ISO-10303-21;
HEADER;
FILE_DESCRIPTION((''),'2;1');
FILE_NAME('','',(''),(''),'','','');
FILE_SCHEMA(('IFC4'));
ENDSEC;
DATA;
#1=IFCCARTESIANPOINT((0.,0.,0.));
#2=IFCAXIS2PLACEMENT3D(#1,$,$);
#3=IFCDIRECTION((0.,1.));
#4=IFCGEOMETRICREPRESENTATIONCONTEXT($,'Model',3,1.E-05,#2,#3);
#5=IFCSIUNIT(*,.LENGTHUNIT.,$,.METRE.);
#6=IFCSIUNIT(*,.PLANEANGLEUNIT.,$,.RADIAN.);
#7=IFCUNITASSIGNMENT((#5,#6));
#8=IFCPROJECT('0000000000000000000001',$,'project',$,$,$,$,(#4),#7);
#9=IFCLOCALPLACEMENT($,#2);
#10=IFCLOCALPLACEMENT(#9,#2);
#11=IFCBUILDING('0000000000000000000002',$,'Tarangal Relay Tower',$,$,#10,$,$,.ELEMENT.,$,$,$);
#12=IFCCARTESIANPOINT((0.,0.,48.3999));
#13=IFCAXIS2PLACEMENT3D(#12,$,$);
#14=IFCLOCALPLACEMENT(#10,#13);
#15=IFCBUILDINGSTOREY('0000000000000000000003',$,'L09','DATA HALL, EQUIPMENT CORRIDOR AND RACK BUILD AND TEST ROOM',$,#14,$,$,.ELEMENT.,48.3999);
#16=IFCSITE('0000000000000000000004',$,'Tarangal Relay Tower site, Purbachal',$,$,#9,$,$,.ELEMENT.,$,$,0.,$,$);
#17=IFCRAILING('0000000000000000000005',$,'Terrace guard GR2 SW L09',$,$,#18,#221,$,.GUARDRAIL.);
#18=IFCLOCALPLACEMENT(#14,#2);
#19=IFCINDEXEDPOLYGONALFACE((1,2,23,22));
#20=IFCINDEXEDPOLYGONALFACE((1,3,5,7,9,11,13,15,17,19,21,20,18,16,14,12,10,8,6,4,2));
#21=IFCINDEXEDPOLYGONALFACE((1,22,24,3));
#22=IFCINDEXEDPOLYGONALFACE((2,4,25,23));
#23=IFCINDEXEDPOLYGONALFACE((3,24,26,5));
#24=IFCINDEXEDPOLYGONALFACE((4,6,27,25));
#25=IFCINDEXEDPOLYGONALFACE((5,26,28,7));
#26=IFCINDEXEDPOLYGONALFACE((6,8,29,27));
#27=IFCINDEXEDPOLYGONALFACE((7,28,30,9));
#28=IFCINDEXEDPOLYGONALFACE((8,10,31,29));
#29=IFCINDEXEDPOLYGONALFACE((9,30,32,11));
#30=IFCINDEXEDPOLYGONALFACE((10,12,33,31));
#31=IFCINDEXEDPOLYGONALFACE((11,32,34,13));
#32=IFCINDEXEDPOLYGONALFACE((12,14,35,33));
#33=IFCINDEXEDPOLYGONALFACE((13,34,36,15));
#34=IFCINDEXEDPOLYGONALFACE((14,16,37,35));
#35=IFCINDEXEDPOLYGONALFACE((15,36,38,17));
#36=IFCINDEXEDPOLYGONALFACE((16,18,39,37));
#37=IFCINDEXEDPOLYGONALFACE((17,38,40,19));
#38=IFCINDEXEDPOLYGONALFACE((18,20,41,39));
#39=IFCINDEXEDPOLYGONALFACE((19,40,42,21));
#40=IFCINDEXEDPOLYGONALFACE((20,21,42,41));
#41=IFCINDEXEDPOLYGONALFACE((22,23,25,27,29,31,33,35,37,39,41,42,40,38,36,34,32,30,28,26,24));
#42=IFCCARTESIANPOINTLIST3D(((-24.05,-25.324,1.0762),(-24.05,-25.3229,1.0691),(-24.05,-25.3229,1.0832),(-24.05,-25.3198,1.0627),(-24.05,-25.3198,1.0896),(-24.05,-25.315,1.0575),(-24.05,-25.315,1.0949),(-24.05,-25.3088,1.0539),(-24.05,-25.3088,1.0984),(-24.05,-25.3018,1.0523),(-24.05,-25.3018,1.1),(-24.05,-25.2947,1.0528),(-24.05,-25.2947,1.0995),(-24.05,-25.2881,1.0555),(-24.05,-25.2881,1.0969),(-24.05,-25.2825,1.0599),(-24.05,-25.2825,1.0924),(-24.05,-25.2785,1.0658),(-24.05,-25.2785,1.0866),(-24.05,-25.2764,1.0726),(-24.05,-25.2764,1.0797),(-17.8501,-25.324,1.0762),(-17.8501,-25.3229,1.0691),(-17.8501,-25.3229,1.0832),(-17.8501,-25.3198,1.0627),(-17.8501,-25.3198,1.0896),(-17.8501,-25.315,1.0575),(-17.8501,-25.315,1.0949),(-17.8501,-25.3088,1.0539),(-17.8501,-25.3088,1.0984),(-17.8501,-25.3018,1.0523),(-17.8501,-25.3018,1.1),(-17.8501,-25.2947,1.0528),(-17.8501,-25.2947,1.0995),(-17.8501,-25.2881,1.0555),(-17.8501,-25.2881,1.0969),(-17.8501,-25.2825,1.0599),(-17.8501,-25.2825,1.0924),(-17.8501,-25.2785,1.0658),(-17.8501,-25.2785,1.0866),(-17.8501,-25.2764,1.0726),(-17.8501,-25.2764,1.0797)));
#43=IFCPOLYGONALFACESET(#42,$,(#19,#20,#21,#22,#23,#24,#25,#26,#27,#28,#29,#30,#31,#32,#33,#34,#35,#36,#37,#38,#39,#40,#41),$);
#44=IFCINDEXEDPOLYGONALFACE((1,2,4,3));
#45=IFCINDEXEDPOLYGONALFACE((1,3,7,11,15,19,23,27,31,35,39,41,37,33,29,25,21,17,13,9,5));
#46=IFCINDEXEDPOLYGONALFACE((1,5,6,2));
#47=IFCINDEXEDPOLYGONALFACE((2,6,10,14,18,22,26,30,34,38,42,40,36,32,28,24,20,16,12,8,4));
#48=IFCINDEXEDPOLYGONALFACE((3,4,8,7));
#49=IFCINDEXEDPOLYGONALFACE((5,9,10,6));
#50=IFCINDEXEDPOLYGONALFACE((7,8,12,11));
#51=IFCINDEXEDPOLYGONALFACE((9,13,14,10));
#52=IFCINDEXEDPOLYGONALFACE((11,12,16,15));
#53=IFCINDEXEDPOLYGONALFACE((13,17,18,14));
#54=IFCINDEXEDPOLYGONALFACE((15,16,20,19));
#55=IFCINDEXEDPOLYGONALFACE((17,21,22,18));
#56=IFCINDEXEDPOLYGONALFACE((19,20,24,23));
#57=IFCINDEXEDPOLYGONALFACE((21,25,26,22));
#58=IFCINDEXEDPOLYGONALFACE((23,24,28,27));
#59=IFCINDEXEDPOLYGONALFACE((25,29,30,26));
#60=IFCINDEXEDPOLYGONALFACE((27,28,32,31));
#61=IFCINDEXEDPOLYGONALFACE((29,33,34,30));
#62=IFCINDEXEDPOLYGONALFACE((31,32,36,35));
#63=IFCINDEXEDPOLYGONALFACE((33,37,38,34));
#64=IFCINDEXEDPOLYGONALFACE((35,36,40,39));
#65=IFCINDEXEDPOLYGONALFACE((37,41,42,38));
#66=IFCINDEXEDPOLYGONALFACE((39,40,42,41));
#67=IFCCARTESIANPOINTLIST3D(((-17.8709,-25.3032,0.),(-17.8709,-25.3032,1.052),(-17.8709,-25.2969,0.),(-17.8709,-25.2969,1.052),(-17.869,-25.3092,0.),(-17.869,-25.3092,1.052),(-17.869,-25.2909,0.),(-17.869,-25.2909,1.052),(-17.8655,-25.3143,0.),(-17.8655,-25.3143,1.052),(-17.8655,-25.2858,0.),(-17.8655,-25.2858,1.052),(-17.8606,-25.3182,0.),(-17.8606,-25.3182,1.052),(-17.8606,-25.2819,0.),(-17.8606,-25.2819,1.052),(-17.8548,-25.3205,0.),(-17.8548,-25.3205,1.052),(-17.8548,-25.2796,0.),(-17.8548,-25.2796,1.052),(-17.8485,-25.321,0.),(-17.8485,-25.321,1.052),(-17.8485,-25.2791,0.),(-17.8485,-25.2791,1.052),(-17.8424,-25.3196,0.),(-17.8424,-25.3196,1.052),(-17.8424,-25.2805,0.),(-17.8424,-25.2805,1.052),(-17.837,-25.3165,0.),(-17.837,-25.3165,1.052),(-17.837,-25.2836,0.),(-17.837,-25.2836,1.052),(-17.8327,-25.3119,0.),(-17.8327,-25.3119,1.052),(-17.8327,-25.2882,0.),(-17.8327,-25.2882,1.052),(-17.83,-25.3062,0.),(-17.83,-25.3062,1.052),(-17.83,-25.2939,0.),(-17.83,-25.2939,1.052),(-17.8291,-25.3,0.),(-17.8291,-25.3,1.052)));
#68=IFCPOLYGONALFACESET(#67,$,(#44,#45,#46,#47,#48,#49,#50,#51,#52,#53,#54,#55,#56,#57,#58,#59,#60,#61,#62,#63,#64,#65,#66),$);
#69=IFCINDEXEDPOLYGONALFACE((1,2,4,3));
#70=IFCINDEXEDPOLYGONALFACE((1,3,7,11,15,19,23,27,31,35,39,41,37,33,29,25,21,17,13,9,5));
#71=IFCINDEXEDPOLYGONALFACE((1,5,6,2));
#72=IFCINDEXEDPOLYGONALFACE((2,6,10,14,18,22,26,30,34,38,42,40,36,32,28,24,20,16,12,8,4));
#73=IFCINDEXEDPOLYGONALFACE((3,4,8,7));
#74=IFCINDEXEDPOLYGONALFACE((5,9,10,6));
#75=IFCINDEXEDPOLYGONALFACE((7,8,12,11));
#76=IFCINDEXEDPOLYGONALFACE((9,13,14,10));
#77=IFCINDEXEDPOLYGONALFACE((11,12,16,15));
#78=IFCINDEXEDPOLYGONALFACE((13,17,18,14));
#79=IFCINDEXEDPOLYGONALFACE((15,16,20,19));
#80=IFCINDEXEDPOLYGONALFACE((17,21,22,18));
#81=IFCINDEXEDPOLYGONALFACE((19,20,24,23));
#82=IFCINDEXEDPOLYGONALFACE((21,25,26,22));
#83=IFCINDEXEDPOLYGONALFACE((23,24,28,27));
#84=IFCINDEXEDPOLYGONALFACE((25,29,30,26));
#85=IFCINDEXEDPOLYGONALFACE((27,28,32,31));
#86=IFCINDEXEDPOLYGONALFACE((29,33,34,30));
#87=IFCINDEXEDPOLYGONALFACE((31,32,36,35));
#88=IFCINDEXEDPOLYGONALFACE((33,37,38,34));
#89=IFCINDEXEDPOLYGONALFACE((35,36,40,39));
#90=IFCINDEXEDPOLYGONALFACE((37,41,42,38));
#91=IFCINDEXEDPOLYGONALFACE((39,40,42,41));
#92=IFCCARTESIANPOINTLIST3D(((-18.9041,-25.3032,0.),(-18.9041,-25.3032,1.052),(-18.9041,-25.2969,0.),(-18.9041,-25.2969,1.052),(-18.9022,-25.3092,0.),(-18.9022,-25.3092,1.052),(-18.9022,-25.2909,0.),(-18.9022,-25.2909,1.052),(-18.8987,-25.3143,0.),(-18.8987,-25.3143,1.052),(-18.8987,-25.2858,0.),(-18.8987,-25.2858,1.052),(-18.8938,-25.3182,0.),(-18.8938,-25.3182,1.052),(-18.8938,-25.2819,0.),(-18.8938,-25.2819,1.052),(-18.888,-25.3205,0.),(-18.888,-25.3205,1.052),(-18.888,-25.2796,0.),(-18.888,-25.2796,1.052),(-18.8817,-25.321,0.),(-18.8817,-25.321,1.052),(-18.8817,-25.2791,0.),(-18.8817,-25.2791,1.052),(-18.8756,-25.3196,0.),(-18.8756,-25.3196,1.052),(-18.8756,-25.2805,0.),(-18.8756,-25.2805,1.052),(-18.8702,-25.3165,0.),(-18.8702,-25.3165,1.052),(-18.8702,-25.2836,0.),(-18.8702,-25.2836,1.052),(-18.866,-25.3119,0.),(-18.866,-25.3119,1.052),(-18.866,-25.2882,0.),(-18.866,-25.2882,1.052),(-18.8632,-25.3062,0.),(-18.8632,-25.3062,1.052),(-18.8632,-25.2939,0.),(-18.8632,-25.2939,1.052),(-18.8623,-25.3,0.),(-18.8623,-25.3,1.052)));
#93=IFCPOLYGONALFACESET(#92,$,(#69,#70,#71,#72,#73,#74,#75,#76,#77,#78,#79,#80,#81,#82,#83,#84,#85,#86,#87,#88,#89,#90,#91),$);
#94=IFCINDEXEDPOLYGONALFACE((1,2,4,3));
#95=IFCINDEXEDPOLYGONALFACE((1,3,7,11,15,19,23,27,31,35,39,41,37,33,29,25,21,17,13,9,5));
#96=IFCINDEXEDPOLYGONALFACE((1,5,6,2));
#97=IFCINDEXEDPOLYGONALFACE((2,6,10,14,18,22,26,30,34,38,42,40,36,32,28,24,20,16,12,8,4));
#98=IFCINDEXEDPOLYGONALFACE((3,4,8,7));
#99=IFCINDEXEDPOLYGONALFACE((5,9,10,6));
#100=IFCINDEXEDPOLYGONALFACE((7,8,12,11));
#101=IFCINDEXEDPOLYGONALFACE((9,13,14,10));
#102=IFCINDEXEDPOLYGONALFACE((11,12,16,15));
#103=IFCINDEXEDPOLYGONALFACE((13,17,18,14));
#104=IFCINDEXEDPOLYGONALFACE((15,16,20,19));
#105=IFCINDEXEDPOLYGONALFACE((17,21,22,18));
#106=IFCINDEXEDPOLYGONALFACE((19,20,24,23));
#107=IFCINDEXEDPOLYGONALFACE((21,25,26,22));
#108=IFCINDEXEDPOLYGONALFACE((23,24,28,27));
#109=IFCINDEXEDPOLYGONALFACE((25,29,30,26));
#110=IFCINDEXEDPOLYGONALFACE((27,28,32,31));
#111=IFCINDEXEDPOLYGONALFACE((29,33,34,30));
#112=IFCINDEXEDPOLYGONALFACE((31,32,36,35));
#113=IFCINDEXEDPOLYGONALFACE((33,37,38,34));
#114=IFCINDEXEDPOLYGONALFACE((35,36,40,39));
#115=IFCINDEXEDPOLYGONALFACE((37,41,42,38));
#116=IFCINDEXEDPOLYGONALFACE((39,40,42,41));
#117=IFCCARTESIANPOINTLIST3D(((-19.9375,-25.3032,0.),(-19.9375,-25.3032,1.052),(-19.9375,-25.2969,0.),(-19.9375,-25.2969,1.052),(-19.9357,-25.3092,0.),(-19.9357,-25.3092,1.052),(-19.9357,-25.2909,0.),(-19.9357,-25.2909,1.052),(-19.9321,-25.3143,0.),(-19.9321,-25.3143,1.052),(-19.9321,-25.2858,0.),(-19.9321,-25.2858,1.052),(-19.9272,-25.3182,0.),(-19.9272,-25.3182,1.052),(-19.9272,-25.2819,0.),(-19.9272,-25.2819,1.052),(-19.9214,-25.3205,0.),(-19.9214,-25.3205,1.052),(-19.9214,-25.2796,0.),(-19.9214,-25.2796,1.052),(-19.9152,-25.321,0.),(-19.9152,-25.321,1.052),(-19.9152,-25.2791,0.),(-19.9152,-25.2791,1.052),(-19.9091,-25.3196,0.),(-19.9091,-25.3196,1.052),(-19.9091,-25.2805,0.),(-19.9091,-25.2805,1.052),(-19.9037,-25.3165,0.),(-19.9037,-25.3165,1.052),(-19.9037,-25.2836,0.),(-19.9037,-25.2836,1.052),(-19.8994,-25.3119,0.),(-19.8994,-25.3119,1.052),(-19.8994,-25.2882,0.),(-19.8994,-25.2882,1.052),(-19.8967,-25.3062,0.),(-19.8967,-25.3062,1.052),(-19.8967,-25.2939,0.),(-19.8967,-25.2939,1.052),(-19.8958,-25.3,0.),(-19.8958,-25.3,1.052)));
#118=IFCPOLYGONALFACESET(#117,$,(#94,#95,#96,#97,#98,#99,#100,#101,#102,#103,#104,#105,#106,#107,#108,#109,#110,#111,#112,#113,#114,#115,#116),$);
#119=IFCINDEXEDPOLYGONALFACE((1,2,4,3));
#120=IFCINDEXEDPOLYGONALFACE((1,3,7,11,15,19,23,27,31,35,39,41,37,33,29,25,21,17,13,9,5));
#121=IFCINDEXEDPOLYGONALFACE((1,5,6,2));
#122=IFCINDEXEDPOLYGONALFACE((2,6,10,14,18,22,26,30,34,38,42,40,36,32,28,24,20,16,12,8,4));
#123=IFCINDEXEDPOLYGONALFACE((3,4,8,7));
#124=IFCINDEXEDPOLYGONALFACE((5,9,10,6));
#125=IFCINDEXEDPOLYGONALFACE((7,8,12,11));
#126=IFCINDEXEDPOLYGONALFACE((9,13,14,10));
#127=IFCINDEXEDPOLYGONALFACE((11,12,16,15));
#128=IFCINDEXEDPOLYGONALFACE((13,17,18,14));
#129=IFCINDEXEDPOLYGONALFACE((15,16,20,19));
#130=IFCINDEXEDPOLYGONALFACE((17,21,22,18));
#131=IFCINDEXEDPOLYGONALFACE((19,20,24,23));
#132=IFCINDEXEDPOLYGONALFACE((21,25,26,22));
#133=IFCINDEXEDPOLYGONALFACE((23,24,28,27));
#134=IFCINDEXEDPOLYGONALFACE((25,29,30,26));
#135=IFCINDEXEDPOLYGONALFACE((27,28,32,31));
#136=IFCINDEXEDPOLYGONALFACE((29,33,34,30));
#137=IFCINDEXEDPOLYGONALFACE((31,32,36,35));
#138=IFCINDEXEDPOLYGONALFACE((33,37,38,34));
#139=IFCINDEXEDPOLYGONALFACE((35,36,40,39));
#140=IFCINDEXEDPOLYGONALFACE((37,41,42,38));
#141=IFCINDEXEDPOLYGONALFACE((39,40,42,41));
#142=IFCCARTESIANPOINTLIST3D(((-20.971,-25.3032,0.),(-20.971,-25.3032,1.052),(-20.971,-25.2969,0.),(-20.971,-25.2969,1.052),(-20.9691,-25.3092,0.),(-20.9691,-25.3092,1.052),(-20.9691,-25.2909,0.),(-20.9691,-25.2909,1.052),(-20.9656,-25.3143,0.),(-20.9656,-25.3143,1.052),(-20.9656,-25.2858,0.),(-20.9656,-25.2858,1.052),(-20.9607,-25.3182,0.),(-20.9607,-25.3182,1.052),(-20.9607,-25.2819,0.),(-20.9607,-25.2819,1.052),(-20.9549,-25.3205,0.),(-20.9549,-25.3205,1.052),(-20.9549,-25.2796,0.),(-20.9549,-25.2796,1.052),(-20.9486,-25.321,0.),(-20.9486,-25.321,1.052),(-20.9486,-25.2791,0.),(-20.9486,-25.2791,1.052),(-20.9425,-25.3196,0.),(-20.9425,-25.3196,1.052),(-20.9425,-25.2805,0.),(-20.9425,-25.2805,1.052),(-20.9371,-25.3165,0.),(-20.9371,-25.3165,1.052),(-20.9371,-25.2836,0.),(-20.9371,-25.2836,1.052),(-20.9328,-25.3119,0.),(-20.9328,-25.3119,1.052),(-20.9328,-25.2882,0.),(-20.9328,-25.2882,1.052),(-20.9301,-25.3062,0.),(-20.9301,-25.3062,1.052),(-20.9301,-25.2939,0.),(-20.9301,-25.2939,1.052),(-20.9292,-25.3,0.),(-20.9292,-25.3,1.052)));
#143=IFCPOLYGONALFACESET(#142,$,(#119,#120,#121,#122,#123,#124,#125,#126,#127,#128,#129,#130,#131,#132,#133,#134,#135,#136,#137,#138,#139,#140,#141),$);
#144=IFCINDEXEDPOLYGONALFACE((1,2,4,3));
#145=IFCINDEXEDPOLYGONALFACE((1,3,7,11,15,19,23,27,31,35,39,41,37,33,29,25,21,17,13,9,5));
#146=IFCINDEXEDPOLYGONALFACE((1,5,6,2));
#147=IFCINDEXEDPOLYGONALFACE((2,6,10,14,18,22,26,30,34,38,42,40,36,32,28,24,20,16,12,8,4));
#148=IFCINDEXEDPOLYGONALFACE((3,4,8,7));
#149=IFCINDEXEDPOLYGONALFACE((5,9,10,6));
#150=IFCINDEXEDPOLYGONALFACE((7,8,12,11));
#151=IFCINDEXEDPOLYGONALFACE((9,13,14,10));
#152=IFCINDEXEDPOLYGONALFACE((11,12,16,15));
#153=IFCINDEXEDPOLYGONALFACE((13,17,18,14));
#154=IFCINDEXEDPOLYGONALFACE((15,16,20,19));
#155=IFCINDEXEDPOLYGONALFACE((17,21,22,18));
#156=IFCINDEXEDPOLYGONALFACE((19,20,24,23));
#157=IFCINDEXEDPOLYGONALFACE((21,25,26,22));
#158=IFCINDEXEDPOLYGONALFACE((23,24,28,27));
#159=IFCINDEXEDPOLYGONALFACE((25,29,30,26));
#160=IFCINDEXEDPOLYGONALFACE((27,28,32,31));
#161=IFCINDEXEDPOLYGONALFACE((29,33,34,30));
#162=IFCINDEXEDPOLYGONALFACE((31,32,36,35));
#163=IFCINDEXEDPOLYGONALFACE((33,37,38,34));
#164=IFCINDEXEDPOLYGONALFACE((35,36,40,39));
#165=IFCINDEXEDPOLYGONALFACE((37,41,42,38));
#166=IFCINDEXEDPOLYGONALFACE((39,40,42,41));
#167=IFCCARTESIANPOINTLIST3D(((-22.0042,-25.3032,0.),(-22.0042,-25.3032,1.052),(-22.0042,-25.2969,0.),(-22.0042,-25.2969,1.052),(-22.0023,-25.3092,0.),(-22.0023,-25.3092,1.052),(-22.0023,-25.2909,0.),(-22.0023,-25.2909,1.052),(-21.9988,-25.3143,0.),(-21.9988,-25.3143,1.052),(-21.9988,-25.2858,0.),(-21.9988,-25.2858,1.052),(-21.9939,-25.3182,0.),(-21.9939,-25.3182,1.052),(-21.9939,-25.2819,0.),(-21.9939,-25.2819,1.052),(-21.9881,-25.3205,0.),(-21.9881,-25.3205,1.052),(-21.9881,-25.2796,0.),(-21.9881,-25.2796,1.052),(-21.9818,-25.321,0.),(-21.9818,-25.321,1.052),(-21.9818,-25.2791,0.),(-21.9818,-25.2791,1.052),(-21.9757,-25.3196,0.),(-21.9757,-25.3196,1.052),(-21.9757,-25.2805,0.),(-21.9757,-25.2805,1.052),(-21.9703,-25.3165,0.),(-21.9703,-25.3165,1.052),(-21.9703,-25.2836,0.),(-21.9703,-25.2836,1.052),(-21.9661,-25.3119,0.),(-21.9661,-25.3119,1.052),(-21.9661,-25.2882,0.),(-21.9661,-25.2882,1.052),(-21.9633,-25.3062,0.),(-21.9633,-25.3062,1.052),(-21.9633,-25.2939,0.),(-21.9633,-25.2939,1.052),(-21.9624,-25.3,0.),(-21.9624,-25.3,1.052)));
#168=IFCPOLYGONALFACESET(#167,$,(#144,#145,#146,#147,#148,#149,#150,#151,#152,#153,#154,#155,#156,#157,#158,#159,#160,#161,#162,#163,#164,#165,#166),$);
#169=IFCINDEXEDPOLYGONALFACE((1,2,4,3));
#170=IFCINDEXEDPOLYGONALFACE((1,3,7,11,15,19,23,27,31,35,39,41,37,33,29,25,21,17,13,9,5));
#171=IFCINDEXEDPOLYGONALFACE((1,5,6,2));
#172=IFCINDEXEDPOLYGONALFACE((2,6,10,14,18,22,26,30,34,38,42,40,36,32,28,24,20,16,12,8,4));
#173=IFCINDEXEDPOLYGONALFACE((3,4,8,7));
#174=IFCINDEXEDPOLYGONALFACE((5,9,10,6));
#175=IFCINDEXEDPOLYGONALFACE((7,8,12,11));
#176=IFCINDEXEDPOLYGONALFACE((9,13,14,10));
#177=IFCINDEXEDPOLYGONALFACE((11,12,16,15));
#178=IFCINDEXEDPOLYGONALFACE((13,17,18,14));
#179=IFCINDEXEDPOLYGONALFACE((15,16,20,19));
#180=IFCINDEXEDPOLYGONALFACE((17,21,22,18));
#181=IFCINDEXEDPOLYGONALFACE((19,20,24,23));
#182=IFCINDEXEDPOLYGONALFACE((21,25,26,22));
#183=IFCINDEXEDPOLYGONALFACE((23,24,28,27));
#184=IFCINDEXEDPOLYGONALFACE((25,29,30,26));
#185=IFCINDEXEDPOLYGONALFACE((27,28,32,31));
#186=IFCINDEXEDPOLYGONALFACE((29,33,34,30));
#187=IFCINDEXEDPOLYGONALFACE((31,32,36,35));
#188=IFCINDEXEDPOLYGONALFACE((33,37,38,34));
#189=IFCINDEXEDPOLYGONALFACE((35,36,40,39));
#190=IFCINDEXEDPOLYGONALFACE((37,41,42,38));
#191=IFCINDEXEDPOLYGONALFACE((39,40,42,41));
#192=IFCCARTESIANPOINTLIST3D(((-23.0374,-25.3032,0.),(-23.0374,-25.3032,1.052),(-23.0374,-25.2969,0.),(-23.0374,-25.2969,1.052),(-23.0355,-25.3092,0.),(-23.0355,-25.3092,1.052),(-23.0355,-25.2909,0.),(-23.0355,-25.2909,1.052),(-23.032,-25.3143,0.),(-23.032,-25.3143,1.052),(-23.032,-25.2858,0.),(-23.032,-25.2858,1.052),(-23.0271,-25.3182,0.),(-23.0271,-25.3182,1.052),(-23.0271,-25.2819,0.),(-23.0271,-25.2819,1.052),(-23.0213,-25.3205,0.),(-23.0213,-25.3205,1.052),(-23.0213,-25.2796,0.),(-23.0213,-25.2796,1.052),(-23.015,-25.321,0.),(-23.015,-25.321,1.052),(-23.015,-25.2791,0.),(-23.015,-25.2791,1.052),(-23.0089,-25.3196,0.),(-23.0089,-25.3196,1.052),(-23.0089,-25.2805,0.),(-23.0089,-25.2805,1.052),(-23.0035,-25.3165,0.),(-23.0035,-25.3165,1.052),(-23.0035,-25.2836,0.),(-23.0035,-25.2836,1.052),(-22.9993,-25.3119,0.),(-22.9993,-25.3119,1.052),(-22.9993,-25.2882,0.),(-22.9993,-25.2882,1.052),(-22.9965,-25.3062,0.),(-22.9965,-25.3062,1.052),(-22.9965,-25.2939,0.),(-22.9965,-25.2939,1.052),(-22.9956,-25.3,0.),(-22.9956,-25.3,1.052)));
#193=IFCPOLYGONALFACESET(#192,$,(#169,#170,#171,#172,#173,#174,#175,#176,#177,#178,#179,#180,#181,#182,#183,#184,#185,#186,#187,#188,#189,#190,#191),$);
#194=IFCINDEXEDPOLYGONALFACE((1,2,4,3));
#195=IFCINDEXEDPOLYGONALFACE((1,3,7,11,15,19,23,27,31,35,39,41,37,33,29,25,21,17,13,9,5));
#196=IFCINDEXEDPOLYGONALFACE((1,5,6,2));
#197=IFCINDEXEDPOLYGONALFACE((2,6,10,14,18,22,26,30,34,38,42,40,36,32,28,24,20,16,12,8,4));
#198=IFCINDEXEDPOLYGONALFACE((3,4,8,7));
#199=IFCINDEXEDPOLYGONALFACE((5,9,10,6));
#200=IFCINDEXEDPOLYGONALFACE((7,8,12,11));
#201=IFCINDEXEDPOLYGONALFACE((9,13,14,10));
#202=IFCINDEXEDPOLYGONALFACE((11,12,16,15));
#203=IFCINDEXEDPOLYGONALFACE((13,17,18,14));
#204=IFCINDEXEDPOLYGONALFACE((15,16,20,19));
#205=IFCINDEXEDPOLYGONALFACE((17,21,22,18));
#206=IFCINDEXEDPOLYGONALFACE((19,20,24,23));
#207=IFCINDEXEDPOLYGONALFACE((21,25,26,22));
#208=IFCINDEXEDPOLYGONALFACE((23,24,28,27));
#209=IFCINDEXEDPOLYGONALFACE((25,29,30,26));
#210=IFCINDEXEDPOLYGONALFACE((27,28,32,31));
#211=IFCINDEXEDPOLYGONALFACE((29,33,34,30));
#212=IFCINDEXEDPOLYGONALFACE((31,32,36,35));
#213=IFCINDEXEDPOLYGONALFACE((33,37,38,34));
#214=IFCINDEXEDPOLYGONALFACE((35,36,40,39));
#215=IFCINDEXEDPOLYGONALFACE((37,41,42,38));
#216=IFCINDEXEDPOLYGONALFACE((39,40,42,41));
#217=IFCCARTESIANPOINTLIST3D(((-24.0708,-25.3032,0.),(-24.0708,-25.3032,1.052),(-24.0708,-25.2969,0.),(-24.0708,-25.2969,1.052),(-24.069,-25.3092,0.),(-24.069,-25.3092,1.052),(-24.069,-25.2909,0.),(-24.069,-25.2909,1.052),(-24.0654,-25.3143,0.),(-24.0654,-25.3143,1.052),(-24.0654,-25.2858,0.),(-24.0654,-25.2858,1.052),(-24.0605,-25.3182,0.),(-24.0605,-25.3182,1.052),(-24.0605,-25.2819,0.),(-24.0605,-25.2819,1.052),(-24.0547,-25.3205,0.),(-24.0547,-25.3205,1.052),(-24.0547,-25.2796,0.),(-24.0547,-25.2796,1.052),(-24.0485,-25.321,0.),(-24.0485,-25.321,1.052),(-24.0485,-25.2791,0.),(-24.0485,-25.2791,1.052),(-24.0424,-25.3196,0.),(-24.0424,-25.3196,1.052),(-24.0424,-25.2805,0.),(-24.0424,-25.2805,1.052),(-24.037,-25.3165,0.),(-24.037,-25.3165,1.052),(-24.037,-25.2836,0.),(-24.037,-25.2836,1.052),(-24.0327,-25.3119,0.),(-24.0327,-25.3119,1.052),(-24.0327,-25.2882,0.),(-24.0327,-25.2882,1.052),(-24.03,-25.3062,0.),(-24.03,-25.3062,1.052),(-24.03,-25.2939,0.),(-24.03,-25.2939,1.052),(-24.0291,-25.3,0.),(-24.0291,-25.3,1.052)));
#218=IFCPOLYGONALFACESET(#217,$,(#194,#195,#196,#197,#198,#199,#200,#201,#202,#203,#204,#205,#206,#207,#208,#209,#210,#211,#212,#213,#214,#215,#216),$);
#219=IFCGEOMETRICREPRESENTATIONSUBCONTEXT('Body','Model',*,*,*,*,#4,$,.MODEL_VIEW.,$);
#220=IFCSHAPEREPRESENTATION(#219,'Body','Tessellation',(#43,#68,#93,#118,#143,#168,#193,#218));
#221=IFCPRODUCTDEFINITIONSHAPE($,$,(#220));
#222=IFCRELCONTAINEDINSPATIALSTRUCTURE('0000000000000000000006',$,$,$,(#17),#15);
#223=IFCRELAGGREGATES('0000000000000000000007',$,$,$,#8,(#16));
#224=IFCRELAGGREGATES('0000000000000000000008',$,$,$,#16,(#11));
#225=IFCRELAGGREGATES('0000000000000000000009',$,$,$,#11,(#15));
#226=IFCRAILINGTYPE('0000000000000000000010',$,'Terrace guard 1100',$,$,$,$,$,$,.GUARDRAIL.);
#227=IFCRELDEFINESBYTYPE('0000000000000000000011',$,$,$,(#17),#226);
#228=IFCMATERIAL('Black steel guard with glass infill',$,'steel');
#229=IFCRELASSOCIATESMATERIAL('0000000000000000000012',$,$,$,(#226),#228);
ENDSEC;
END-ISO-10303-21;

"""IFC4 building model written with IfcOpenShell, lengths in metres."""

from ifc_helpers import new_model, si_unit, direction, frame, origin, origin_2d, place, context, subcontext, project, spatial, circle, extrude, material, type_object, element, save


model = new_model("IFC4")

# Units and contexts
model_context = context("Model", 3, precision=1e-05, world=origin(), true_north=direction((0.0, 1.0)))
body_context = subcontext(model_context, "Body", "Model", "MODEL_VIEW")
ifc_project = project(units=[si_unit("LENGTHUNIT", "METRE"), si_unit("PLANEANGLEUNIT", "RADIAN")], contexts=[model_context])

# Site, building, storey
site_placement = place(None, origin())
site = spatial("IfcSite", under=ifc_project, at=site_placement, Name="Tarangal Relay Tower site, Purbachal", CompositionType="ELEMENT", RefElevation=0.0)
building_placement = place(site_placement, origin())
building = spatial("IfcBuilding", under=site, at=building_placement, Name="Tarangal Relay Tower", CompositionType="ELEMENT")
storey_placement = place(building_placement, frame((0.0, 0.0, 48.3999)))
storey = spatial("IfcBuildingStorey", under=building, at=storey_placement, Name="L09", Description="DATA HALL, EQUIPMENT CORRIDOR AND RACK BUILD AND TEST ROOM", CompositionType="ELEMENT", Elevation=48.3999)

# Railing
ifc_material_1 = material(Name="Black steel guard with glass infill", Category="steel")
railing_type = type_object("IfcRailingType", Name="Terrace guard 1100", PredefinedType="GUARDRAIL", material=ifc_material_1)
railing_1_placement = place(storey_placement, frame((-17.8501, -25.3, 0.0)))
element("IfcRailing", 1, at=railing_1_placement, inside=storey, type_object=railing_type, Name="Terrace guard GR2 SW L09", PredefinedType="GUARDRAIL", context=body_context, shape_type="SweptSolid", body=[
    extrude(circle(Radius=0.0239, at=origin_2d()), frame((0.0, 0.0, 1.0762), z_axis=(-1.0, 0.0, 0.0), x_axis=(0.0, -1.0, 0.0)), (0.0, 0.0, 1.0), 6.2),
    extrude(circle(Radius=0.021, at=origin_2d()), origin(), (0.0, 0.0, 1.0), 1.052),
    extrude(circle(Radius=0.021, at=origin_2d()), frame((-1.0332, 0.0, 0.0)), (0.0, 0.0, 1.0), 1.052),
    extrude(circle(Radius=0.021, at=origin_2d()), frame((-2.0667, 0.0, 0.0)), (0.0, 0.0, 1.0), 1.052),
    extrude(circle(Radius=0.021, at=origin_2d()), frame((-3.1001, 0.0, 0.0)), (0.0, 0.0, 1.0), 1.052),
    extrude(circle(Radius=0.021, at=origin_2d()), frame((-4.1333, 0.0, 0.0)), (0.0, 0.0, 1.0), 1.052),
    extrude(circle(Radius=0.021, at=origin_2d()), frame((-5.1665, 0.0, 0.0)), (0.0, 0.0, 1.0), 1.052),
    extrude(circle(Radius=0.021, at=origin_2d()), frame((-6.2, 0.0, 0.0)), (0.0, 0.0, 1.0), 1.052),
])

save(model, "model.ifc")
